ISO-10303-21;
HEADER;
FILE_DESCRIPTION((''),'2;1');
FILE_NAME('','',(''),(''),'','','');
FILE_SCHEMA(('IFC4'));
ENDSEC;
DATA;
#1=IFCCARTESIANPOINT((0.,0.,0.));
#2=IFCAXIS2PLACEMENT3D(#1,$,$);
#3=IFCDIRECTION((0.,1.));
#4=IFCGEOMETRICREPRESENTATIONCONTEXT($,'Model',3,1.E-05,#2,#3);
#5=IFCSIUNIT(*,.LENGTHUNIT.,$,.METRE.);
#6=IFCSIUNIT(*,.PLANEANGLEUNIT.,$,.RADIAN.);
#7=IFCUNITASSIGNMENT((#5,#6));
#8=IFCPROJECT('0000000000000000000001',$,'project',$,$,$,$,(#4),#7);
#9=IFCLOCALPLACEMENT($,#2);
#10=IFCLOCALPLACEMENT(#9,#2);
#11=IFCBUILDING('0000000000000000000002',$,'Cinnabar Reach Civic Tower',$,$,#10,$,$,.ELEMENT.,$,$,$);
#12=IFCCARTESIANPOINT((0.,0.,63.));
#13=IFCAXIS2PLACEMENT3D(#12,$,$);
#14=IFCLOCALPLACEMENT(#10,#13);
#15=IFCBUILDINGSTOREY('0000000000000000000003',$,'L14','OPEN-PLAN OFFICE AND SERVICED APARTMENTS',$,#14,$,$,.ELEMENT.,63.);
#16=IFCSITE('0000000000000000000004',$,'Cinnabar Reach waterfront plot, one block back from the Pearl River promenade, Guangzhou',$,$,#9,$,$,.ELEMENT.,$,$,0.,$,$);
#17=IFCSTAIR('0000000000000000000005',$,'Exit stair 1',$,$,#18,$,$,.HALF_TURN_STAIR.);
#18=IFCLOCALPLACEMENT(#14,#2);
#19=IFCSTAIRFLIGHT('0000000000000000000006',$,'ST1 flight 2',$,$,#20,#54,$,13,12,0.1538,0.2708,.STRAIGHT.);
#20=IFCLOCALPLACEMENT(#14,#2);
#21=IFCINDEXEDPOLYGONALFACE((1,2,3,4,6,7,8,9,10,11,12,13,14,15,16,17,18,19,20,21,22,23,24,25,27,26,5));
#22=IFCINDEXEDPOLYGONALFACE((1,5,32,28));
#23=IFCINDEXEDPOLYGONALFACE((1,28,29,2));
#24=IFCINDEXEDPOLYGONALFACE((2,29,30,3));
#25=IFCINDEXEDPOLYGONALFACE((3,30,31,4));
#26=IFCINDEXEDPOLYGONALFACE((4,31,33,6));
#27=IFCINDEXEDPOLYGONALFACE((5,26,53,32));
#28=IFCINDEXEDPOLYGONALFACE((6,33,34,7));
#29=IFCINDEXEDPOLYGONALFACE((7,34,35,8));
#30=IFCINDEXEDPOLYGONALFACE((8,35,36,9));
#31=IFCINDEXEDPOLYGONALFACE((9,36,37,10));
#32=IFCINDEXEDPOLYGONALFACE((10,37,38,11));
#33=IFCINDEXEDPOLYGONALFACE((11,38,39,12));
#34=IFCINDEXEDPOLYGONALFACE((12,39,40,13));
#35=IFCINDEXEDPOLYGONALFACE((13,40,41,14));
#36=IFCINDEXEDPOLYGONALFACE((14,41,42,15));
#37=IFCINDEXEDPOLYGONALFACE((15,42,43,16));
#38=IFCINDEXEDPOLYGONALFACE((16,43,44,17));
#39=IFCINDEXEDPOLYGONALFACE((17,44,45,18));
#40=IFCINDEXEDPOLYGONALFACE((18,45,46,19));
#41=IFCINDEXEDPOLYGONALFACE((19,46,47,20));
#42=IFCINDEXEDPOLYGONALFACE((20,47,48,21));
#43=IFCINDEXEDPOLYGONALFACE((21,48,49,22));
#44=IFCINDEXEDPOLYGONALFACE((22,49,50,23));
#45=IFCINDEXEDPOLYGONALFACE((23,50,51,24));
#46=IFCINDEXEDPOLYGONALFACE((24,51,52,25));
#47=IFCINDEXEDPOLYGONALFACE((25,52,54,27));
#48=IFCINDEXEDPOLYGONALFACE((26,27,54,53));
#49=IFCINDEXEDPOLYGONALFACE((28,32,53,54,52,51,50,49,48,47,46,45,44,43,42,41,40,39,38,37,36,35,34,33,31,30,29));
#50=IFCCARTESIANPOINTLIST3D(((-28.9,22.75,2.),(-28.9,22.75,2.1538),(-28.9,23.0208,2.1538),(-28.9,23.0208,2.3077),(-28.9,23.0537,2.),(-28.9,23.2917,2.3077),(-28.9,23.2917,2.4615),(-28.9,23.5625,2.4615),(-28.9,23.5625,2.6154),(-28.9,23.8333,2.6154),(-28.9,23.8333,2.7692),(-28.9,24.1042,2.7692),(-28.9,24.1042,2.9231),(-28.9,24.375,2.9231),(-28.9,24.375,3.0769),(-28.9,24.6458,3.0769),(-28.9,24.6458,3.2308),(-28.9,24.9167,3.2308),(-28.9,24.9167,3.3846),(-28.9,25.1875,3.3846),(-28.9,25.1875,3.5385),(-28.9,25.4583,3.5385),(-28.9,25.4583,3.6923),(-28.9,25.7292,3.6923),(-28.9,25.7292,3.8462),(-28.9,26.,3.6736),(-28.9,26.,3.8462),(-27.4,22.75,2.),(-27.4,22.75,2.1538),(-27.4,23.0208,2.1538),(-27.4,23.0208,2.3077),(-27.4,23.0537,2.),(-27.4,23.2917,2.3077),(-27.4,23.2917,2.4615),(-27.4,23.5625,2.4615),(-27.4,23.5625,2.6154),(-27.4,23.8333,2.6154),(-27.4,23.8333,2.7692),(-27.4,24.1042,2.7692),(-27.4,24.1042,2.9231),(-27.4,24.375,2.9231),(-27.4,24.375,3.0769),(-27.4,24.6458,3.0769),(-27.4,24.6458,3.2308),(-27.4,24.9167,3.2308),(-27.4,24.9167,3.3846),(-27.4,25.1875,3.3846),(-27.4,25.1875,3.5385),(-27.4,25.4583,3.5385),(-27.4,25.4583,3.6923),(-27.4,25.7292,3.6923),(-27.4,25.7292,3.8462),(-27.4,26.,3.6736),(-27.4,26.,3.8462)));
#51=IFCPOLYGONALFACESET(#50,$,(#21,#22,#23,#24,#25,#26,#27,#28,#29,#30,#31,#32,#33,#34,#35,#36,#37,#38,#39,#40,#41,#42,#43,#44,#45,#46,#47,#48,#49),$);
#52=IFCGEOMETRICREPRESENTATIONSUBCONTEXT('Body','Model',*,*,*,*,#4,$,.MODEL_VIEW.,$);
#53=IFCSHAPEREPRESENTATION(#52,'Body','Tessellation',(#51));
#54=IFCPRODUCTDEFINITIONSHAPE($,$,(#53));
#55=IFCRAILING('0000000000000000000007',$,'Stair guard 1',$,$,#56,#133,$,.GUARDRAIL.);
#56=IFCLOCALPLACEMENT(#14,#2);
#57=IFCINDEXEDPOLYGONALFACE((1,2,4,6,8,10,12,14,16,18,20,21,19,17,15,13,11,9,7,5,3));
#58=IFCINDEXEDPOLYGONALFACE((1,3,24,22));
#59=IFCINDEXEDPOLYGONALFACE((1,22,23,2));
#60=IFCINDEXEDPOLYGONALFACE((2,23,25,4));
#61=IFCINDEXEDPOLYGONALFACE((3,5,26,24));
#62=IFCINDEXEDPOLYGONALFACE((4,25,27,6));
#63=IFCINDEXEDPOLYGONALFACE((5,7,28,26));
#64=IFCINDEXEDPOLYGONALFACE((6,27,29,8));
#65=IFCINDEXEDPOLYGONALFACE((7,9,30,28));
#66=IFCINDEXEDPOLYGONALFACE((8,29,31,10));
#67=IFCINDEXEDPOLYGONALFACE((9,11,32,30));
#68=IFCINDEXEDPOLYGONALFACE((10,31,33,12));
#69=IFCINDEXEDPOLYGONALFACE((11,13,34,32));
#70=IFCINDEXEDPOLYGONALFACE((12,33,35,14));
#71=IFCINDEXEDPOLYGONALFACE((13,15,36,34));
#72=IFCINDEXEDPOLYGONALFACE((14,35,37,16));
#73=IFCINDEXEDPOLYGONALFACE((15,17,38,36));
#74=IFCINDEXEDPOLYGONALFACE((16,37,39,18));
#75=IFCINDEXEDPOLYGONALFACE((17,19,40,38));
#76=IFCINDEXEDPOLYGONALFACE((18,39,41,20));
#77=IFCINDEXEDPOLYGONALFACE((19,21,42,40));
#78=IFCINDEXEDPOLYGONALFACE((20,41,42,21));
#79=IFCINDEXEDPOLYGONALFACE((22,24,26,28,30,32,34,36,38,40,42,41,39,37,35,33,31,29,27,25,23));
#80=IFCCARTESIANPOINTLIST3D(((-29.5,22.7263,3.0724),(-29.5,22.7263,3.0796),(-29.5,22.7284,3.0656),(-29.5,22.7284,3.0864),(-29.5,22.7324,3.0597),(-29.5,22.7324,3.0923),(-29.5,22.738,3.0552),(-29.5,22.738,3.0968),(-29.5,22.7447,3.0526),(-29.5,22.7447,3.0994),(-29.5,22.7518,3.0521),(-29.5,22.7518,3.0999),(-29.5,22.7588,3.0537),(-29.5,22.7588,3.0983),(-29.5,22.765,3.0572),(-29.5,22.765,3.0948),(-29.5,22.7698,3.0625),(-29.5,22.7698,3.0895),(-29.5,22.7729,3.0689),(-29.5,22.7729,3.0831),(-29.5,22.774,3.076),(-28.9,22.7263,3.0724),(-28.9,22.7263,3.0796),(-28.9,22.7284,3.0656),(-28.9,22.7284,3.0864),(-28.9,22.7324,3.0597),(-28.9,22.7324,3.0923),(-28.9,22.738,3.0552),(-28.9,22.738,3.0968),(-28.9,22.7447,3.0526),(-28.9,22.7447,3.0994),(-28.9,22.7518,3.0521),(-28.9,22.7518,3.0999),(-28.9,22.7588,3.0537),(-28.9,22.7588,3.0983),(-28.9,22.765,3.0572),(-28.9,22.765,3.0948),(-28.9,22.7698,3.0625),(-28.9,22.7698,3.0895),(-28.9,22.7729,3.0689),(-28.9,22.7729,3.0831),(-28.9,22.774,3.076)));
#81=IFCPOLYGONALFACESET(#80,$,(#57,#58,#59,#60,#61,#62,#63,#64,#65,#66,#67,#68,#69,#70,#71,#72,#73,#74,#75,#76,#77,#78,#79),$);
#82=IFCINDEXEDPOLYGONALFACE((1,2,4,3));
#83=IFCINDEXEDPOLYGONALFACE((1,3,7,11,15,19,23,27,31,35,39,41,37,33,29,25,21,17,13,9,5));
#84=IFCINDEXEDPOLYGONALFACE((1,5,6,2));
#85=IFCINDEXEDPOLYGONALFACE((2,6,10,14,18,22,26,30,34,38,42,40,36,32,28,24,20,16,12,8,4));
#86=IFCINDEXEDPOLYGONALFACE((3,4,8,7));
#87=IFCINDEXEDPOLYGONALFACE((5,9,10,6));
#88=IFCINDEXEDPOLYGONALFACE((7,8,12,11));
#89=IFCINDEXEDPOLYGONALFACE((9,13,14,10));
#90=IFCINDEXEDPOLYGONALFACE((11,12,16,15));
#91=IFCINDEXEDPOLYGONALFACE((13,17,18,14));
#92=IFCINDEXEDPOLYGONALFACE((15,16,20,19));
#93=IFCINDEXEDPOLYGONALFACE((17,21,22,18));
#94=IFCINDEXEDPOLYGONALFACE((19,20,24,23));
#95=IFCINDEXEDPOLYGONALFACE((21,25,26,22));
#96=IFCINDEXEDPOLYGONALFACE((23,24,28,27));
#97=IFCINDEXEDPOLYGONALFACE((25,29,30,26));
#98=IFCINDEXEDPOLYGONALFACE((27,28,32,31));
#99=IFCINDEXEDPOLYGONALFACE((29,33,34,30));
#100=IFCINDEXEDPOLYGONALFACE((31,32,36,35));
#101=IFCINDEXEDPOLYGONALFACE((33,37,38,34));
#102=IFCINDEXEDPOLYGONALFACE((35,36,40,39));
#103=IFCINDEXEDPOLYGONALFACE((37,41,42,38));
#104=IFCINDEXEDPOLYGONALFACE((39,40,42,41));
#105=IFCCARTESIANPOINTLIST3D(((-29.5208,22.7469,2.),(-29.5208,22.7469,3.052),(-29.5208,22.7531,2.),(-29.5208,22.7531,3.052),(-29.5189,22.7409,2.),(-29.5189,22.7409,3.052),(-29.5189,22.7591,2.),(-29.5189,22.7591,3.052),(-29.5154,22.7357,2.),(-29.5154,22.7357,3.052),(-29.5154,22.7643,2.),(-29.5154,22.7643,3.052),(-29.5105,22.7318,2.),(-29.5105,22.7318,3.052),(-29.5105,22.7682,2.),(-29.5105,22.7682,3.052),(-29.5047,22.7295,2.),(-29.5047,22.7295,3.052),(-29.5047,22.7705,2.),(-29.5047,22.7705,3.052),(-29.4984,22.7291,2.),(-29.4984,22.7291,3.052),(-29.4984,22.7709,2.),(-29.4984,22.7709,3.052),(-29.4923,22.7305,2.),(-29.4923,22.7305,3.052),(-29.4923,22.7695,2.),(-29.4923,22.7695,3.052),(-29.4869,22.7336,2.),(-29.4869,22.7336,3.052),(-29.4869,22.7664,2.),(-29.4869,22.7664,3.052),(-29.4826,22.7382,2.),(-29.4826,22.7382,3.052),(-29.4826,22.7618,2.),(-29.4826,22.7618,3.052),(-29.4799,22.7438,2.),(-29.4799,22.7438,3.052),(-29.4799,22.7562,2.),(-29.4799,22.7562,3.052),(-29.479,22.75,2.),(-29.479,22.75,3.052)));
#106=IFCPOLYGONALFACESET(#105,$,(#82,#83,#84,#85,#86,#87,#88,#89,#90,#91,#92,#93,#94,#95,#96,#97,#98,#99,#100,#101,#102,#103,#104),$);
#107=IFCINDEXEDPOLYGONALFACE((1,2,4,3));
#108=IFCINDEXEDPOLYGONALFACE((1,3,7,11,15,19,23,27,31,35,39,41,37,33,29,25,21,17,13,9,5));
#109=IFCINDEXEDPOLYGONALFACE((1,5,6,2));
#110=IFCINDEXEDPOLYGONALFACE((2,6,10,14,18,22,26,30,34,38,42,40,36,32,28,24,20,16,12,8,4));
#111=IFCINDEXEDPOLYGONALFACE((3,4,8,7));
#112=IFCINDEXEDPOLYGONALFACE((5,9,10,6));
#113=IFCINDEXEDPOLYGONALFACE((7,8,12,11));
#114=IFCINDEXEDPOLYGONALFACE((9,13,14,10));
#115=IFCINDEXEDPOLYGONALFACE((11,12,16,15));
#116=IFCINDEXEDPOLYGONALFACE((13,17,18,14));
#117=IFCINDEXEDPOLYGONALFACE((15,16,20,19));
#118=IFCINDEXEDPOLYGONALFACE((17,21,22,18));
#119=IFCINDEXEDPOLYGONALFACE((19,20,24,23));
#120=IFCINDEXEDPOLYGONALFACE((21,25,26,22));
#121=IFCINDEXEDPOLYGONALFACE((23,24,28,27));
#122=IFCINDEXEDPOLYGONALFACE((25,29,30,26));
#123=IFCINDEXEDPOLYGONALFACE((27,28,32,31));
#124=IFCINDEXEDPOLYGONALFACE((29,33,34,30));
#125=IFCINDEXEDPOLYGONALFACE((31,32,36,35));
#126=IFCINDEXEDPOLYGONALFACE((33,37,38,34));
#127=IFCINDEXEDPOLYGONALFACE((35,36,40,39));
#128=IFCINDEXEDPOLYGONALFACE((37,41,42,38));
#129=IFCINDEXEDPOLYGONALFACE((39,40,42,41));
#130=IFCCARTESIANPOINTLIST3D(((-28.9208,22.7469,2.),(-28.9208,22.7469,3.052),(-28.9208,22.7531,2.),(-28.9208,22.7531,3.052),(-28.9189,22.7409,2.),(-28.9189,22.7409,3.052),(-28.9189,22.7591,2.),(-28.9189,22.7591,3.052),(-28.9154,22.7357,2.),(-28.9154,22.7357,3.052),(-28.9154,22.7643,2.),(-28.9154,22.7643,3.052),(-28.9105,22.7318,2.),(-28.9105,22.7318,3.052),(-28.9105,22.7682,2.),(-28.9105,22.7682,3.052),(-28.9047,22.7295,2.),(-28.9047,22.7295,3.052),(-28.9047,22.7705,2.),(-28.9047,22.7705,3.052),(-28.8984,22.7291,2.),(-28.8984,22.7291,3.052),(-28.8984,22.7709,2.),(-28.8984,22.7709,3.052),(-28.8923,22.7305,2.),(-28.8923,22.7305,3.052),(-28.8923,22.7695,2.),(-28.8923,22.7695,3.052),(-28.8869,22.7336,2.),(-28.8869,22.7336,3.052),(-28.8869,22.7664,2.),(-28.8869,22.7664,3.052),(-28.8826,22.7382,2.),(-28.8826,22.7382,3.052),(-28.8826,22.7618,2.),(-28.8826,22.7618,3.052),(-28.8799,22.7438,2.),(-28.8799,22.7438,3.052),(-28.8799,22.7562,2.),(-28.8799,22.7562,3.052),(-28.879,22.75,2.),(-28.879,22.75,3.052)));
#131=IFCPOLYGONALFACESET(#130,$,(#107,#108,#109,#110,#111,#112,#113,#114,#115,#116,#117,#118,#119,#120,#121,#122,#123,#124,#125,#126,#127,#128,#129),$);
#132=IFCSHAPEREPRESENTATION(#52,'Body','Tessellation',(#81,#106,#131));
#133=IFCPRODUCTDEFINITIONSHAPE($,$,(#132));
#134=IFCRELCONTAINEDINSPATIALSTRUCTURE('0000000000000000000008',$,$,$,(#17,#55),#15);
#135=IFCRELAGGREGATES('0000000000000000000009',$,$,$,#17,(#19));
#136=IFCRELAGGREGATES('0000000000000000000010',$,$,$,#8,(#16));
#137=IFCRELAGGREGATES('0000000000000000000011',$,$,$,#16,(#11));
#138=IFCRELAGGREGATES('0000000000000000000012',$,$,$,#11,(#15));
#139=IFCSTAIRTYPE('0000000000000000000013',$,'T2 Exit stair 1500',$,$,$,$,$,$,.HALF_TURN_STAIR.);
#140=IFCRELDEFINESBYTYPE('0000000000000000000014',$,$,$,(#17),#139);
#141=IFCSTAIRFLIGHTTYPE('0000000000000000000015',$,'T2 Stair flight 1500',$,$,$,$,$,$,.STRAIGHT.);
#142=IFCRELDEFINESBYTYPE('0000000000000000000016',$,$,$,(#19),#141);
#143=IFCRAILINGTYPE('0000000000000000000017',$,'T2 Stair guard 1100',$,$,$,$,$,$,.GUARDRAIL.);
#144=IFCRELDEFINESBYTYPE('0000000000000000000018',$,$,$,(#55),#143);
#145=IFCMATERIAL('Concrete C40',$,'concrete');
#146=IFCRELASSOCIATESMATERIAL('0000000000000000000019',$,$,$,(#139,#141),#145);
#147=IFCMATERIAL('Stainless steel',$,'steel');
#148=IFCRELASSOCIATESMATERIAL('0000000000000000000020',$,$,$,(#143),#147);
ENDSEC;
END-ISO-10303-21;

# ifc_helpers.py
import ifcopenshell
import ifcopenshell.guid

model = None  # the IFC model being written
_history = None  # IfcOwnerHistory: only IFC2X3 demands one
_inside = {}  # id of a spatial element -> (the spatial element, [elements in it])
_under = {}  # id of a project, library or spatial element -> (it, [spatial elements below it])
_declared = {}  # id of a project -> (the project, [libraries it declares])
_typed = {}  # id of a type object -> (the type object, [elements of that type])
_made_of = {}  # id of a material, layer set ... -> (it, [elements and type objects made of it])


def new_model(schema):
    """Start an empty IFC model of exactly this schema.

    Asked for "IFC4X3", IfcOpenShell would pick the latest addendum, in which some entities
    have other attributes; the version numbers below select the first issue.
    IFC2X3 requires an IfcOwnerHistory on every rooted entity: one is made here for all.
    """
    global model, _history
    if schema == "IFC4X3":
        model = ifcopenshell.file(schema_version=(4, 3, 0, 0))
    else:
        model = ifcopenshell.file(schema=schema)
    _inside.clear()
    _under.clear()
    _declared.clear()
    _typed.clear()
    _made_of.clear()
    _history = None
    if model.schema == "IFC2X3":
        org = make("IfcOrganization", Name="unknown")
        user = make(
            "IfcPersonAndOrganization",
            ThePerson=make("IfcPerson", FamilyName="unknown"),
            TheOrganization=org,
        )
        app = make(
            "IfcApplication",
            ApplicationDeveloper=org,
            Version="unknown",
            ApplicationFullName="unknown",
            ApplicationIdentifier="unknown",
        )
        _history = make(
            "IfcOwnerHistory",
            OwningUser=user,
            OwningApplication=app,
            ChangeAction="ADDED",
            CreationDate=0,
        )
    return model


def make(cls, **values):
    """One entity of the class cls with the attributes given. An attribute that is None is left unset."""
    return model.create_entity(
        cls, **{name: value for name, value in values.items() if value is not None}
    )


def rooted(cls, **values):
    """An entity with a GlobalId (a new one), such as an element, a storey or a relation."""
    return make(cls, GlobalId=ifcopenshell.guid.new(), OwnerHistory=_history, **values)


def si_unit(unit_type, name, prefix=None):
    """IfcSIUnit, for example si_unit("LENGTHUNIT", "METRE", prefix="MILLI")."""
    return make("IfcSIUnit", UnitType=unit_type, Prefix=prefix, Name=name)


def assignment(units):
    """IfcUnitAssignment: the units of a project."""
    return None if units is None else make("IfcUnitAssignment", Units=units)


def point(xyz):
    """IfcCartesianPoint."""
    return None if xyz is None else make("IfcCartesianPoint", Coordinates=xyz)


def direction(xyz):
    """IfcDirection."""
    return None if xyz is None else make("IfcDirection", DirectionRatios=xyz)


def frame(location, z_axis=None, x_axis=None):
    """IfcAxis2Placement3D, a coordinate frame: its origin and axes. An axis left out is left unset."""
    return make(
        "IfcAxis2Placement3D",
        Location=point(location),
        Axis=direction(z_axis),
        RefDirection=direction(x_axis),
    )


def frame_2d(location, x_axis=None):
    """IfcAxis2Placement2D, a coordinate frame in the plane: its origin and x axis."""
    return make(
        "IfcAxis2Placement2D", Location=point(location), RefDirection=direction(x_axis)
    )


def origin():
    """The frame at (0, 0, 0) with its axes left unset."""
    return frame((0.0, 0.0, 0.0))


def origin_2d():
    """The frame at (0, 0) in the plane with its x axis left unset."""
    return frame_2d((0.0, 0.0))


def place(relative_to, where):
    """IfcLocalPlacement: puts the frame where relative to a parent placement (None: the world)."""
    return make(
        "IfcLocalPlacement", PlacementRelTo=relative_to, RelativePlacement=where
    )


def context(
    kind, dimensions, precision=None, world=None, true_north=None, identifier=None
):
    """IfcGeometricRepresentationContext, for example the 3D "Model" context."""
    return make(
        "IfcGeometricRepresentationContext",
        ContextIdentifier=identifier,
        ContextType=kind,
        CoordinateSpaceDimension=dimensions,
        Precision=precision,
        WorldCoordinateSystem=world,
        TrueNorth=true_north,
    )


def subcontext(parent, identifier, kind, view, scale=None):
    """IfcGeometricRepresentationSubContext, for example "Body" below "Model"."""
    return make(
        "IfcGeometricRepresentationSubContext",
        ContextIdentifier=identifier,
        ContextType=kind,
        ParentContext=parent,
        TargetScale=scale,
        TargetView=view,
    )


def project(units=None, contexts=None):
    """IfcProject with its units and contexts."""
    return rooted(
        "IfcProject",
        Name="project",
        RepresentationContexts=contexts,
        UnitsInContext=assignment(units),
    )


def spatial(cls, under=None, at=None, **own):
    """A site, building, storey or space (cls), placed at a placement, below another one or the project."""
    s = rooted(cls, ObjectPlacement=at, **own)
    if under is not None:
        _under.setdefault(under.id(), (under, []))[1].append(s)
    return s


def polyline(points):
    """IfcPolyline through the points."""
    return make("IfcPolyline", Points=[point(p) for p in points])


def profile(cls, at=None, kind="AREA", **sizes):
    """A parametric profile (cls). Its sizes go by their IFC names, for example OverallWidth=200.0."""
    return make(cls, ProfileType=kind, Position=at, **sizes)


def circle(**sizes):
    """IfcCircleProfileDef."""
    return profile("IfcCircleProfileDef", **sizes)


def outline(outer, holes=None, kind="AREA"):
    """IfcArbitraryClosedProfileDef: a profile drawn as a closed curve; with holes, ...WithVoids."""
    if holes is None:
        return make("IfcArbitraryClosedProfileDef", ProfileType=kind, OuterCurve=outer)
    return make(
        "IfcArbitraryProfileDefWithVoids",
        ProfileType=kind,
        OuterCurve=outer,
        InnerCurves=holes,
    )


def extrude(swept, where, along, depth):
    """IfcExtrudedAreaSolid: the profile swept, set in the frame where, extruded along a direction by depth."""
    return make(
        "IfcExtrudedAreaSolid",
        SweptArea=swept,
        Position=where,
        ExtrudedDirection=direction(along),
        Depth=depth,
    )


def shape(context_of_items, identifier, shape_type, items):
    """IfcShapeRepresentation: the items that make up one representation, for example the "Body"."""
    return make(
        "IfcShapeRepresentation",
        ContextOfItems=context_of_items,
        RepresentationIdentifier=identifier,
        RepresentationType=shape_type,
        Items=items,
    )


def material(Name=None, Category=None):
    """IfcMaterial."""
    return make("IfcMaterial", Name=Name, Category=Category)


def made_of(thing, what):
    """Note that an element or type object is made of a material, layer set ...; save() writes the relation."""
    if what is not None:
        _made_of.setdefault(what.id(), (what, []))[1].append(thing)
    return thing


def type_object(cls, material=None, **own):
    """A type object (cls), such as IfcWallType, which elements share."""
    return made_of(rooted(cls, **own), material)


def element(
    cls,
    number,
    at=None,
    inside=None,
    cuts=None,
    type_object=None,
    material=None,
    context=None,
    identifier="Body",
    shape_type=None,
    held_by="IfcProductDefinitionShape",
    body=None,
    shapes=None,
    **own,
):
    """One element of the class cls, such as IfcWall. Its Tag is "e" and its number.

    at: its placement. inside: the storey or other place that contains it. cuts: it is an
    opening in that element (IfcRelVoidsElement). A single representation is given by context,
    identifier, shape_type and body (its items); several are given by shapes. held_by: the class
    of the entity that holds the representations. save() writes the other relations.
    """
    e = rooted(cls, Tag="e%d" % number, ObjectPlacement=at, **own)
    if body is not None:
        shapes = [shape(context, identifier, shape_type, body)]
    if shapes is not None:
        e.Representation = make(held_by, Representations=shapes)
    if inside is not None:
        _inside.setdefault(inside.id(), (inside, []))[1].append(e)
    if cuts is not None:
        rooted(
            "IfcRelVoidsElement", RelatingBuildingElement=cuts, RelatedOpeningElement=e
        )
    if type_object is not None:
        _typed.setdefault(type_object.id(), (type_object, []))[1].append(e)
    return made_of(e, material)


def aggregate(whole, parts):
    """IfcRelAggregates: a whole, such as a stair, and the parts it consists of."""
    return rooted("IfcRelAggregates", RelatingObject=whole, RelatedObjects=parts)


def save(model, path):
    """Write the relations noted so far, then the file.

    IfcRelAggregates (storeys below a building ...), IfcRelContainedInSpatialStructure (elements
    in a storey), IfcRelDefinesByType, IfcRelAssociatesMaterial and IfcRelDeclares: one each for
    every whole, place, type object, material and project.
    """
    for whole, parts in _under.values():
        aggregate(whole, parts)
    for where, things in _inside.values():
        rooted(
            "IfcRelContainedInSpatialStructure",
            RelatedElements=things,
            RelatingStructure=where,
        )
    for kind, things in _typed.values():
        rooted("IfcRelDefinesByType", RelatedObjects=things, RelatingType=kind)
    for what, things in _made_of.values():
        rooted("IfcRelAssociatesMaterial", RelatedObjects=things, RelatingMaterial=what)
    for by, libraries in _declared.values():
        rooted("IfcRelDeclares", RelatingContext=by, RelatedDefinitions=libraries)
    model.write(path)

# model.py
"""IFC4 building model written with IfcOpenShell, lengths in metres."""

from ifc_helpers import new_model, si_unit, direction, frame, origin, origin_2d, place, context, subcontext, project, spatial, polyline, circle, outline, extrude, material, type_object, element, aggregate, save


model = new_model("IFC4")

# Units and contexts
model_context = context("Model", 3, precision=1e-05, world=origin(), true_north=direction((0.0, 1.0)))
body_context = subcontext(model_context, "Body", "Model", "MODEL_VIEW")
ifc_project = project(units=[si_unit("LENGTHUNIT", "METRE"), si_unit("PLANEANGLEUNIT", "RADIAN")], contexts=[model_context])

# Site, building, storey
site_placement = place(None, origin())
site = spatial("IfcSite", under=ifc_project, at=site_placement, Name="Cinnabar Reach waterfront plot, one block back from the Pearl River promenade, Guangzhou", CompositionType="ELEMENT", RefElevation=0.0)
building_placement = place(site_placement, origin())
building = spatial("IfcBuilding", under=site, at=building_placement, Name="Cinnabar Reach Civic Tower", CompositionType="ELEMENT")
storey_placement = place(building_placement, frame((0.0, 0.0, 63.0)))
storey = spatial("IfcBuildingStorey", under=building, at=storey_placement, Name="L14", Description="OPEN-PLAN OFFICE AND SERVICED APARTMENTS", CompositionType="ELEMENT", Elevation=63.0)

# Shared definitions
ifc_material_1 = material(Name="Concrete C40", Category="concrete")

# Stair, stair flight
stair_type = type_object("IfcStairType", Name="T2 Exit stair 1500", PredefinedType="HALF_TURN_STAIR", material=ifc_material_1)
stair_placement = place(storey_placement, origin())
stair = element("IfcStair", 1, at=stair_placement, inside=storey, type_object=stair_type, Name="Exit stair 1", PredefinedType="HALF_TURN_STAIR")
stair_flight_type = type_object("IfcStairFlightType", Name="T2 Stair flight 1500", PredefinedType="STRAIGHT", material=ifc_material_1)
stair_flight_placement = place(storey_placement, frame((-28.15, 22.75, 2.0), z_axis=(0.0, 0.0, 1.0), x_axis=(0.0, 1.0, 0.0)))
stair_flight = element("IfcStairFlight", 2, at=stair_flight_placement, type_object=stair_flight_type, Name="ST1 flight 2", NumberOfRisers=13, NumberOfTreads=12, PredefinedType="STRAIGHT", RiserHeight=0.1538, TreadLength=0.2708, context=body_context, shape_type="SweptSolid", body=[
    extrude(outline(polyline([(0.0, 0.0), (0.0, 0.1538), (0.2708, 0.1538), (0.2708, 0.3077), (0.5417, 0.3077), (0.5417, 0.4615), (0.8125, 0.4615), (0.8125, 0.6154), (1.0833, 0.6154), (1.0833, 0.7692), (1.3542, 0.7692), (1.3542, 0.9231), (1.625, 0.9231), (1.625, 1.0769), (1.8958, 1.0769), (1.8958, 1.2308), (2.1667, 1.2308), (2.1667, 1.3846), (2.4375, 1.3846), (2.4375, 1.5385), (2.7083, 1.5385), (2.7083, 1.6923), (2.9792, 1.6923), (2.9792, 1.8462), (3.25, 1.8462), (3.25, 2.0), (3.25, 1.6736), (0.3037, 0.0), (0.0, 0.0)])), frame((0.0, 0.75, 0.0), z_axis=(0.0, -1.0, 0.0), x_axis=(1.0, 0.0, 0.0)), (0.0, 0.0, 1.0), 1.5),
])
aggregate(stair, [stair_flight])

# Railing
ifc_material_2 = material(Name="Stainless steel", Category="steel")
railing_type = type_object("IfcRailingType", Name="T2 Stair guard 1100", PredefinedType="GUARDRAIL", material=ifc_material_2)
railing_1_placement = place(storey_placement, frame((-29.5, 22.75, 2.0)))
element("IfcRailing", 3, at=railing_1_placement, inside=storey, type_object=railing_type, Name="Stair guard 1", PredefinedType="GUARDRAIL", context=body_context, shape_type="SweptSolid", body=[
    extrude(circle(Radius=0.024, at=origin_2d()), frame((0.0, 0.0, 1.076), z_axis=(1.0, 0.0, 0.0), x_axis=(0.0, 1.0, 0.0)), (0.0, 0.0, 1.0), 0.6),
    extrude(circle(Radius=0.021, at=origin_2d()), origin(), (0.0, 0.0, 1.0), 1.052),
    extrude(circle(Radius=0.021, at=origin_2d()), frame((0.6, 0.0, 0.0)), (0.0, 0.0, 1.0), 1.052),
])

save(model, "model.ifc")
